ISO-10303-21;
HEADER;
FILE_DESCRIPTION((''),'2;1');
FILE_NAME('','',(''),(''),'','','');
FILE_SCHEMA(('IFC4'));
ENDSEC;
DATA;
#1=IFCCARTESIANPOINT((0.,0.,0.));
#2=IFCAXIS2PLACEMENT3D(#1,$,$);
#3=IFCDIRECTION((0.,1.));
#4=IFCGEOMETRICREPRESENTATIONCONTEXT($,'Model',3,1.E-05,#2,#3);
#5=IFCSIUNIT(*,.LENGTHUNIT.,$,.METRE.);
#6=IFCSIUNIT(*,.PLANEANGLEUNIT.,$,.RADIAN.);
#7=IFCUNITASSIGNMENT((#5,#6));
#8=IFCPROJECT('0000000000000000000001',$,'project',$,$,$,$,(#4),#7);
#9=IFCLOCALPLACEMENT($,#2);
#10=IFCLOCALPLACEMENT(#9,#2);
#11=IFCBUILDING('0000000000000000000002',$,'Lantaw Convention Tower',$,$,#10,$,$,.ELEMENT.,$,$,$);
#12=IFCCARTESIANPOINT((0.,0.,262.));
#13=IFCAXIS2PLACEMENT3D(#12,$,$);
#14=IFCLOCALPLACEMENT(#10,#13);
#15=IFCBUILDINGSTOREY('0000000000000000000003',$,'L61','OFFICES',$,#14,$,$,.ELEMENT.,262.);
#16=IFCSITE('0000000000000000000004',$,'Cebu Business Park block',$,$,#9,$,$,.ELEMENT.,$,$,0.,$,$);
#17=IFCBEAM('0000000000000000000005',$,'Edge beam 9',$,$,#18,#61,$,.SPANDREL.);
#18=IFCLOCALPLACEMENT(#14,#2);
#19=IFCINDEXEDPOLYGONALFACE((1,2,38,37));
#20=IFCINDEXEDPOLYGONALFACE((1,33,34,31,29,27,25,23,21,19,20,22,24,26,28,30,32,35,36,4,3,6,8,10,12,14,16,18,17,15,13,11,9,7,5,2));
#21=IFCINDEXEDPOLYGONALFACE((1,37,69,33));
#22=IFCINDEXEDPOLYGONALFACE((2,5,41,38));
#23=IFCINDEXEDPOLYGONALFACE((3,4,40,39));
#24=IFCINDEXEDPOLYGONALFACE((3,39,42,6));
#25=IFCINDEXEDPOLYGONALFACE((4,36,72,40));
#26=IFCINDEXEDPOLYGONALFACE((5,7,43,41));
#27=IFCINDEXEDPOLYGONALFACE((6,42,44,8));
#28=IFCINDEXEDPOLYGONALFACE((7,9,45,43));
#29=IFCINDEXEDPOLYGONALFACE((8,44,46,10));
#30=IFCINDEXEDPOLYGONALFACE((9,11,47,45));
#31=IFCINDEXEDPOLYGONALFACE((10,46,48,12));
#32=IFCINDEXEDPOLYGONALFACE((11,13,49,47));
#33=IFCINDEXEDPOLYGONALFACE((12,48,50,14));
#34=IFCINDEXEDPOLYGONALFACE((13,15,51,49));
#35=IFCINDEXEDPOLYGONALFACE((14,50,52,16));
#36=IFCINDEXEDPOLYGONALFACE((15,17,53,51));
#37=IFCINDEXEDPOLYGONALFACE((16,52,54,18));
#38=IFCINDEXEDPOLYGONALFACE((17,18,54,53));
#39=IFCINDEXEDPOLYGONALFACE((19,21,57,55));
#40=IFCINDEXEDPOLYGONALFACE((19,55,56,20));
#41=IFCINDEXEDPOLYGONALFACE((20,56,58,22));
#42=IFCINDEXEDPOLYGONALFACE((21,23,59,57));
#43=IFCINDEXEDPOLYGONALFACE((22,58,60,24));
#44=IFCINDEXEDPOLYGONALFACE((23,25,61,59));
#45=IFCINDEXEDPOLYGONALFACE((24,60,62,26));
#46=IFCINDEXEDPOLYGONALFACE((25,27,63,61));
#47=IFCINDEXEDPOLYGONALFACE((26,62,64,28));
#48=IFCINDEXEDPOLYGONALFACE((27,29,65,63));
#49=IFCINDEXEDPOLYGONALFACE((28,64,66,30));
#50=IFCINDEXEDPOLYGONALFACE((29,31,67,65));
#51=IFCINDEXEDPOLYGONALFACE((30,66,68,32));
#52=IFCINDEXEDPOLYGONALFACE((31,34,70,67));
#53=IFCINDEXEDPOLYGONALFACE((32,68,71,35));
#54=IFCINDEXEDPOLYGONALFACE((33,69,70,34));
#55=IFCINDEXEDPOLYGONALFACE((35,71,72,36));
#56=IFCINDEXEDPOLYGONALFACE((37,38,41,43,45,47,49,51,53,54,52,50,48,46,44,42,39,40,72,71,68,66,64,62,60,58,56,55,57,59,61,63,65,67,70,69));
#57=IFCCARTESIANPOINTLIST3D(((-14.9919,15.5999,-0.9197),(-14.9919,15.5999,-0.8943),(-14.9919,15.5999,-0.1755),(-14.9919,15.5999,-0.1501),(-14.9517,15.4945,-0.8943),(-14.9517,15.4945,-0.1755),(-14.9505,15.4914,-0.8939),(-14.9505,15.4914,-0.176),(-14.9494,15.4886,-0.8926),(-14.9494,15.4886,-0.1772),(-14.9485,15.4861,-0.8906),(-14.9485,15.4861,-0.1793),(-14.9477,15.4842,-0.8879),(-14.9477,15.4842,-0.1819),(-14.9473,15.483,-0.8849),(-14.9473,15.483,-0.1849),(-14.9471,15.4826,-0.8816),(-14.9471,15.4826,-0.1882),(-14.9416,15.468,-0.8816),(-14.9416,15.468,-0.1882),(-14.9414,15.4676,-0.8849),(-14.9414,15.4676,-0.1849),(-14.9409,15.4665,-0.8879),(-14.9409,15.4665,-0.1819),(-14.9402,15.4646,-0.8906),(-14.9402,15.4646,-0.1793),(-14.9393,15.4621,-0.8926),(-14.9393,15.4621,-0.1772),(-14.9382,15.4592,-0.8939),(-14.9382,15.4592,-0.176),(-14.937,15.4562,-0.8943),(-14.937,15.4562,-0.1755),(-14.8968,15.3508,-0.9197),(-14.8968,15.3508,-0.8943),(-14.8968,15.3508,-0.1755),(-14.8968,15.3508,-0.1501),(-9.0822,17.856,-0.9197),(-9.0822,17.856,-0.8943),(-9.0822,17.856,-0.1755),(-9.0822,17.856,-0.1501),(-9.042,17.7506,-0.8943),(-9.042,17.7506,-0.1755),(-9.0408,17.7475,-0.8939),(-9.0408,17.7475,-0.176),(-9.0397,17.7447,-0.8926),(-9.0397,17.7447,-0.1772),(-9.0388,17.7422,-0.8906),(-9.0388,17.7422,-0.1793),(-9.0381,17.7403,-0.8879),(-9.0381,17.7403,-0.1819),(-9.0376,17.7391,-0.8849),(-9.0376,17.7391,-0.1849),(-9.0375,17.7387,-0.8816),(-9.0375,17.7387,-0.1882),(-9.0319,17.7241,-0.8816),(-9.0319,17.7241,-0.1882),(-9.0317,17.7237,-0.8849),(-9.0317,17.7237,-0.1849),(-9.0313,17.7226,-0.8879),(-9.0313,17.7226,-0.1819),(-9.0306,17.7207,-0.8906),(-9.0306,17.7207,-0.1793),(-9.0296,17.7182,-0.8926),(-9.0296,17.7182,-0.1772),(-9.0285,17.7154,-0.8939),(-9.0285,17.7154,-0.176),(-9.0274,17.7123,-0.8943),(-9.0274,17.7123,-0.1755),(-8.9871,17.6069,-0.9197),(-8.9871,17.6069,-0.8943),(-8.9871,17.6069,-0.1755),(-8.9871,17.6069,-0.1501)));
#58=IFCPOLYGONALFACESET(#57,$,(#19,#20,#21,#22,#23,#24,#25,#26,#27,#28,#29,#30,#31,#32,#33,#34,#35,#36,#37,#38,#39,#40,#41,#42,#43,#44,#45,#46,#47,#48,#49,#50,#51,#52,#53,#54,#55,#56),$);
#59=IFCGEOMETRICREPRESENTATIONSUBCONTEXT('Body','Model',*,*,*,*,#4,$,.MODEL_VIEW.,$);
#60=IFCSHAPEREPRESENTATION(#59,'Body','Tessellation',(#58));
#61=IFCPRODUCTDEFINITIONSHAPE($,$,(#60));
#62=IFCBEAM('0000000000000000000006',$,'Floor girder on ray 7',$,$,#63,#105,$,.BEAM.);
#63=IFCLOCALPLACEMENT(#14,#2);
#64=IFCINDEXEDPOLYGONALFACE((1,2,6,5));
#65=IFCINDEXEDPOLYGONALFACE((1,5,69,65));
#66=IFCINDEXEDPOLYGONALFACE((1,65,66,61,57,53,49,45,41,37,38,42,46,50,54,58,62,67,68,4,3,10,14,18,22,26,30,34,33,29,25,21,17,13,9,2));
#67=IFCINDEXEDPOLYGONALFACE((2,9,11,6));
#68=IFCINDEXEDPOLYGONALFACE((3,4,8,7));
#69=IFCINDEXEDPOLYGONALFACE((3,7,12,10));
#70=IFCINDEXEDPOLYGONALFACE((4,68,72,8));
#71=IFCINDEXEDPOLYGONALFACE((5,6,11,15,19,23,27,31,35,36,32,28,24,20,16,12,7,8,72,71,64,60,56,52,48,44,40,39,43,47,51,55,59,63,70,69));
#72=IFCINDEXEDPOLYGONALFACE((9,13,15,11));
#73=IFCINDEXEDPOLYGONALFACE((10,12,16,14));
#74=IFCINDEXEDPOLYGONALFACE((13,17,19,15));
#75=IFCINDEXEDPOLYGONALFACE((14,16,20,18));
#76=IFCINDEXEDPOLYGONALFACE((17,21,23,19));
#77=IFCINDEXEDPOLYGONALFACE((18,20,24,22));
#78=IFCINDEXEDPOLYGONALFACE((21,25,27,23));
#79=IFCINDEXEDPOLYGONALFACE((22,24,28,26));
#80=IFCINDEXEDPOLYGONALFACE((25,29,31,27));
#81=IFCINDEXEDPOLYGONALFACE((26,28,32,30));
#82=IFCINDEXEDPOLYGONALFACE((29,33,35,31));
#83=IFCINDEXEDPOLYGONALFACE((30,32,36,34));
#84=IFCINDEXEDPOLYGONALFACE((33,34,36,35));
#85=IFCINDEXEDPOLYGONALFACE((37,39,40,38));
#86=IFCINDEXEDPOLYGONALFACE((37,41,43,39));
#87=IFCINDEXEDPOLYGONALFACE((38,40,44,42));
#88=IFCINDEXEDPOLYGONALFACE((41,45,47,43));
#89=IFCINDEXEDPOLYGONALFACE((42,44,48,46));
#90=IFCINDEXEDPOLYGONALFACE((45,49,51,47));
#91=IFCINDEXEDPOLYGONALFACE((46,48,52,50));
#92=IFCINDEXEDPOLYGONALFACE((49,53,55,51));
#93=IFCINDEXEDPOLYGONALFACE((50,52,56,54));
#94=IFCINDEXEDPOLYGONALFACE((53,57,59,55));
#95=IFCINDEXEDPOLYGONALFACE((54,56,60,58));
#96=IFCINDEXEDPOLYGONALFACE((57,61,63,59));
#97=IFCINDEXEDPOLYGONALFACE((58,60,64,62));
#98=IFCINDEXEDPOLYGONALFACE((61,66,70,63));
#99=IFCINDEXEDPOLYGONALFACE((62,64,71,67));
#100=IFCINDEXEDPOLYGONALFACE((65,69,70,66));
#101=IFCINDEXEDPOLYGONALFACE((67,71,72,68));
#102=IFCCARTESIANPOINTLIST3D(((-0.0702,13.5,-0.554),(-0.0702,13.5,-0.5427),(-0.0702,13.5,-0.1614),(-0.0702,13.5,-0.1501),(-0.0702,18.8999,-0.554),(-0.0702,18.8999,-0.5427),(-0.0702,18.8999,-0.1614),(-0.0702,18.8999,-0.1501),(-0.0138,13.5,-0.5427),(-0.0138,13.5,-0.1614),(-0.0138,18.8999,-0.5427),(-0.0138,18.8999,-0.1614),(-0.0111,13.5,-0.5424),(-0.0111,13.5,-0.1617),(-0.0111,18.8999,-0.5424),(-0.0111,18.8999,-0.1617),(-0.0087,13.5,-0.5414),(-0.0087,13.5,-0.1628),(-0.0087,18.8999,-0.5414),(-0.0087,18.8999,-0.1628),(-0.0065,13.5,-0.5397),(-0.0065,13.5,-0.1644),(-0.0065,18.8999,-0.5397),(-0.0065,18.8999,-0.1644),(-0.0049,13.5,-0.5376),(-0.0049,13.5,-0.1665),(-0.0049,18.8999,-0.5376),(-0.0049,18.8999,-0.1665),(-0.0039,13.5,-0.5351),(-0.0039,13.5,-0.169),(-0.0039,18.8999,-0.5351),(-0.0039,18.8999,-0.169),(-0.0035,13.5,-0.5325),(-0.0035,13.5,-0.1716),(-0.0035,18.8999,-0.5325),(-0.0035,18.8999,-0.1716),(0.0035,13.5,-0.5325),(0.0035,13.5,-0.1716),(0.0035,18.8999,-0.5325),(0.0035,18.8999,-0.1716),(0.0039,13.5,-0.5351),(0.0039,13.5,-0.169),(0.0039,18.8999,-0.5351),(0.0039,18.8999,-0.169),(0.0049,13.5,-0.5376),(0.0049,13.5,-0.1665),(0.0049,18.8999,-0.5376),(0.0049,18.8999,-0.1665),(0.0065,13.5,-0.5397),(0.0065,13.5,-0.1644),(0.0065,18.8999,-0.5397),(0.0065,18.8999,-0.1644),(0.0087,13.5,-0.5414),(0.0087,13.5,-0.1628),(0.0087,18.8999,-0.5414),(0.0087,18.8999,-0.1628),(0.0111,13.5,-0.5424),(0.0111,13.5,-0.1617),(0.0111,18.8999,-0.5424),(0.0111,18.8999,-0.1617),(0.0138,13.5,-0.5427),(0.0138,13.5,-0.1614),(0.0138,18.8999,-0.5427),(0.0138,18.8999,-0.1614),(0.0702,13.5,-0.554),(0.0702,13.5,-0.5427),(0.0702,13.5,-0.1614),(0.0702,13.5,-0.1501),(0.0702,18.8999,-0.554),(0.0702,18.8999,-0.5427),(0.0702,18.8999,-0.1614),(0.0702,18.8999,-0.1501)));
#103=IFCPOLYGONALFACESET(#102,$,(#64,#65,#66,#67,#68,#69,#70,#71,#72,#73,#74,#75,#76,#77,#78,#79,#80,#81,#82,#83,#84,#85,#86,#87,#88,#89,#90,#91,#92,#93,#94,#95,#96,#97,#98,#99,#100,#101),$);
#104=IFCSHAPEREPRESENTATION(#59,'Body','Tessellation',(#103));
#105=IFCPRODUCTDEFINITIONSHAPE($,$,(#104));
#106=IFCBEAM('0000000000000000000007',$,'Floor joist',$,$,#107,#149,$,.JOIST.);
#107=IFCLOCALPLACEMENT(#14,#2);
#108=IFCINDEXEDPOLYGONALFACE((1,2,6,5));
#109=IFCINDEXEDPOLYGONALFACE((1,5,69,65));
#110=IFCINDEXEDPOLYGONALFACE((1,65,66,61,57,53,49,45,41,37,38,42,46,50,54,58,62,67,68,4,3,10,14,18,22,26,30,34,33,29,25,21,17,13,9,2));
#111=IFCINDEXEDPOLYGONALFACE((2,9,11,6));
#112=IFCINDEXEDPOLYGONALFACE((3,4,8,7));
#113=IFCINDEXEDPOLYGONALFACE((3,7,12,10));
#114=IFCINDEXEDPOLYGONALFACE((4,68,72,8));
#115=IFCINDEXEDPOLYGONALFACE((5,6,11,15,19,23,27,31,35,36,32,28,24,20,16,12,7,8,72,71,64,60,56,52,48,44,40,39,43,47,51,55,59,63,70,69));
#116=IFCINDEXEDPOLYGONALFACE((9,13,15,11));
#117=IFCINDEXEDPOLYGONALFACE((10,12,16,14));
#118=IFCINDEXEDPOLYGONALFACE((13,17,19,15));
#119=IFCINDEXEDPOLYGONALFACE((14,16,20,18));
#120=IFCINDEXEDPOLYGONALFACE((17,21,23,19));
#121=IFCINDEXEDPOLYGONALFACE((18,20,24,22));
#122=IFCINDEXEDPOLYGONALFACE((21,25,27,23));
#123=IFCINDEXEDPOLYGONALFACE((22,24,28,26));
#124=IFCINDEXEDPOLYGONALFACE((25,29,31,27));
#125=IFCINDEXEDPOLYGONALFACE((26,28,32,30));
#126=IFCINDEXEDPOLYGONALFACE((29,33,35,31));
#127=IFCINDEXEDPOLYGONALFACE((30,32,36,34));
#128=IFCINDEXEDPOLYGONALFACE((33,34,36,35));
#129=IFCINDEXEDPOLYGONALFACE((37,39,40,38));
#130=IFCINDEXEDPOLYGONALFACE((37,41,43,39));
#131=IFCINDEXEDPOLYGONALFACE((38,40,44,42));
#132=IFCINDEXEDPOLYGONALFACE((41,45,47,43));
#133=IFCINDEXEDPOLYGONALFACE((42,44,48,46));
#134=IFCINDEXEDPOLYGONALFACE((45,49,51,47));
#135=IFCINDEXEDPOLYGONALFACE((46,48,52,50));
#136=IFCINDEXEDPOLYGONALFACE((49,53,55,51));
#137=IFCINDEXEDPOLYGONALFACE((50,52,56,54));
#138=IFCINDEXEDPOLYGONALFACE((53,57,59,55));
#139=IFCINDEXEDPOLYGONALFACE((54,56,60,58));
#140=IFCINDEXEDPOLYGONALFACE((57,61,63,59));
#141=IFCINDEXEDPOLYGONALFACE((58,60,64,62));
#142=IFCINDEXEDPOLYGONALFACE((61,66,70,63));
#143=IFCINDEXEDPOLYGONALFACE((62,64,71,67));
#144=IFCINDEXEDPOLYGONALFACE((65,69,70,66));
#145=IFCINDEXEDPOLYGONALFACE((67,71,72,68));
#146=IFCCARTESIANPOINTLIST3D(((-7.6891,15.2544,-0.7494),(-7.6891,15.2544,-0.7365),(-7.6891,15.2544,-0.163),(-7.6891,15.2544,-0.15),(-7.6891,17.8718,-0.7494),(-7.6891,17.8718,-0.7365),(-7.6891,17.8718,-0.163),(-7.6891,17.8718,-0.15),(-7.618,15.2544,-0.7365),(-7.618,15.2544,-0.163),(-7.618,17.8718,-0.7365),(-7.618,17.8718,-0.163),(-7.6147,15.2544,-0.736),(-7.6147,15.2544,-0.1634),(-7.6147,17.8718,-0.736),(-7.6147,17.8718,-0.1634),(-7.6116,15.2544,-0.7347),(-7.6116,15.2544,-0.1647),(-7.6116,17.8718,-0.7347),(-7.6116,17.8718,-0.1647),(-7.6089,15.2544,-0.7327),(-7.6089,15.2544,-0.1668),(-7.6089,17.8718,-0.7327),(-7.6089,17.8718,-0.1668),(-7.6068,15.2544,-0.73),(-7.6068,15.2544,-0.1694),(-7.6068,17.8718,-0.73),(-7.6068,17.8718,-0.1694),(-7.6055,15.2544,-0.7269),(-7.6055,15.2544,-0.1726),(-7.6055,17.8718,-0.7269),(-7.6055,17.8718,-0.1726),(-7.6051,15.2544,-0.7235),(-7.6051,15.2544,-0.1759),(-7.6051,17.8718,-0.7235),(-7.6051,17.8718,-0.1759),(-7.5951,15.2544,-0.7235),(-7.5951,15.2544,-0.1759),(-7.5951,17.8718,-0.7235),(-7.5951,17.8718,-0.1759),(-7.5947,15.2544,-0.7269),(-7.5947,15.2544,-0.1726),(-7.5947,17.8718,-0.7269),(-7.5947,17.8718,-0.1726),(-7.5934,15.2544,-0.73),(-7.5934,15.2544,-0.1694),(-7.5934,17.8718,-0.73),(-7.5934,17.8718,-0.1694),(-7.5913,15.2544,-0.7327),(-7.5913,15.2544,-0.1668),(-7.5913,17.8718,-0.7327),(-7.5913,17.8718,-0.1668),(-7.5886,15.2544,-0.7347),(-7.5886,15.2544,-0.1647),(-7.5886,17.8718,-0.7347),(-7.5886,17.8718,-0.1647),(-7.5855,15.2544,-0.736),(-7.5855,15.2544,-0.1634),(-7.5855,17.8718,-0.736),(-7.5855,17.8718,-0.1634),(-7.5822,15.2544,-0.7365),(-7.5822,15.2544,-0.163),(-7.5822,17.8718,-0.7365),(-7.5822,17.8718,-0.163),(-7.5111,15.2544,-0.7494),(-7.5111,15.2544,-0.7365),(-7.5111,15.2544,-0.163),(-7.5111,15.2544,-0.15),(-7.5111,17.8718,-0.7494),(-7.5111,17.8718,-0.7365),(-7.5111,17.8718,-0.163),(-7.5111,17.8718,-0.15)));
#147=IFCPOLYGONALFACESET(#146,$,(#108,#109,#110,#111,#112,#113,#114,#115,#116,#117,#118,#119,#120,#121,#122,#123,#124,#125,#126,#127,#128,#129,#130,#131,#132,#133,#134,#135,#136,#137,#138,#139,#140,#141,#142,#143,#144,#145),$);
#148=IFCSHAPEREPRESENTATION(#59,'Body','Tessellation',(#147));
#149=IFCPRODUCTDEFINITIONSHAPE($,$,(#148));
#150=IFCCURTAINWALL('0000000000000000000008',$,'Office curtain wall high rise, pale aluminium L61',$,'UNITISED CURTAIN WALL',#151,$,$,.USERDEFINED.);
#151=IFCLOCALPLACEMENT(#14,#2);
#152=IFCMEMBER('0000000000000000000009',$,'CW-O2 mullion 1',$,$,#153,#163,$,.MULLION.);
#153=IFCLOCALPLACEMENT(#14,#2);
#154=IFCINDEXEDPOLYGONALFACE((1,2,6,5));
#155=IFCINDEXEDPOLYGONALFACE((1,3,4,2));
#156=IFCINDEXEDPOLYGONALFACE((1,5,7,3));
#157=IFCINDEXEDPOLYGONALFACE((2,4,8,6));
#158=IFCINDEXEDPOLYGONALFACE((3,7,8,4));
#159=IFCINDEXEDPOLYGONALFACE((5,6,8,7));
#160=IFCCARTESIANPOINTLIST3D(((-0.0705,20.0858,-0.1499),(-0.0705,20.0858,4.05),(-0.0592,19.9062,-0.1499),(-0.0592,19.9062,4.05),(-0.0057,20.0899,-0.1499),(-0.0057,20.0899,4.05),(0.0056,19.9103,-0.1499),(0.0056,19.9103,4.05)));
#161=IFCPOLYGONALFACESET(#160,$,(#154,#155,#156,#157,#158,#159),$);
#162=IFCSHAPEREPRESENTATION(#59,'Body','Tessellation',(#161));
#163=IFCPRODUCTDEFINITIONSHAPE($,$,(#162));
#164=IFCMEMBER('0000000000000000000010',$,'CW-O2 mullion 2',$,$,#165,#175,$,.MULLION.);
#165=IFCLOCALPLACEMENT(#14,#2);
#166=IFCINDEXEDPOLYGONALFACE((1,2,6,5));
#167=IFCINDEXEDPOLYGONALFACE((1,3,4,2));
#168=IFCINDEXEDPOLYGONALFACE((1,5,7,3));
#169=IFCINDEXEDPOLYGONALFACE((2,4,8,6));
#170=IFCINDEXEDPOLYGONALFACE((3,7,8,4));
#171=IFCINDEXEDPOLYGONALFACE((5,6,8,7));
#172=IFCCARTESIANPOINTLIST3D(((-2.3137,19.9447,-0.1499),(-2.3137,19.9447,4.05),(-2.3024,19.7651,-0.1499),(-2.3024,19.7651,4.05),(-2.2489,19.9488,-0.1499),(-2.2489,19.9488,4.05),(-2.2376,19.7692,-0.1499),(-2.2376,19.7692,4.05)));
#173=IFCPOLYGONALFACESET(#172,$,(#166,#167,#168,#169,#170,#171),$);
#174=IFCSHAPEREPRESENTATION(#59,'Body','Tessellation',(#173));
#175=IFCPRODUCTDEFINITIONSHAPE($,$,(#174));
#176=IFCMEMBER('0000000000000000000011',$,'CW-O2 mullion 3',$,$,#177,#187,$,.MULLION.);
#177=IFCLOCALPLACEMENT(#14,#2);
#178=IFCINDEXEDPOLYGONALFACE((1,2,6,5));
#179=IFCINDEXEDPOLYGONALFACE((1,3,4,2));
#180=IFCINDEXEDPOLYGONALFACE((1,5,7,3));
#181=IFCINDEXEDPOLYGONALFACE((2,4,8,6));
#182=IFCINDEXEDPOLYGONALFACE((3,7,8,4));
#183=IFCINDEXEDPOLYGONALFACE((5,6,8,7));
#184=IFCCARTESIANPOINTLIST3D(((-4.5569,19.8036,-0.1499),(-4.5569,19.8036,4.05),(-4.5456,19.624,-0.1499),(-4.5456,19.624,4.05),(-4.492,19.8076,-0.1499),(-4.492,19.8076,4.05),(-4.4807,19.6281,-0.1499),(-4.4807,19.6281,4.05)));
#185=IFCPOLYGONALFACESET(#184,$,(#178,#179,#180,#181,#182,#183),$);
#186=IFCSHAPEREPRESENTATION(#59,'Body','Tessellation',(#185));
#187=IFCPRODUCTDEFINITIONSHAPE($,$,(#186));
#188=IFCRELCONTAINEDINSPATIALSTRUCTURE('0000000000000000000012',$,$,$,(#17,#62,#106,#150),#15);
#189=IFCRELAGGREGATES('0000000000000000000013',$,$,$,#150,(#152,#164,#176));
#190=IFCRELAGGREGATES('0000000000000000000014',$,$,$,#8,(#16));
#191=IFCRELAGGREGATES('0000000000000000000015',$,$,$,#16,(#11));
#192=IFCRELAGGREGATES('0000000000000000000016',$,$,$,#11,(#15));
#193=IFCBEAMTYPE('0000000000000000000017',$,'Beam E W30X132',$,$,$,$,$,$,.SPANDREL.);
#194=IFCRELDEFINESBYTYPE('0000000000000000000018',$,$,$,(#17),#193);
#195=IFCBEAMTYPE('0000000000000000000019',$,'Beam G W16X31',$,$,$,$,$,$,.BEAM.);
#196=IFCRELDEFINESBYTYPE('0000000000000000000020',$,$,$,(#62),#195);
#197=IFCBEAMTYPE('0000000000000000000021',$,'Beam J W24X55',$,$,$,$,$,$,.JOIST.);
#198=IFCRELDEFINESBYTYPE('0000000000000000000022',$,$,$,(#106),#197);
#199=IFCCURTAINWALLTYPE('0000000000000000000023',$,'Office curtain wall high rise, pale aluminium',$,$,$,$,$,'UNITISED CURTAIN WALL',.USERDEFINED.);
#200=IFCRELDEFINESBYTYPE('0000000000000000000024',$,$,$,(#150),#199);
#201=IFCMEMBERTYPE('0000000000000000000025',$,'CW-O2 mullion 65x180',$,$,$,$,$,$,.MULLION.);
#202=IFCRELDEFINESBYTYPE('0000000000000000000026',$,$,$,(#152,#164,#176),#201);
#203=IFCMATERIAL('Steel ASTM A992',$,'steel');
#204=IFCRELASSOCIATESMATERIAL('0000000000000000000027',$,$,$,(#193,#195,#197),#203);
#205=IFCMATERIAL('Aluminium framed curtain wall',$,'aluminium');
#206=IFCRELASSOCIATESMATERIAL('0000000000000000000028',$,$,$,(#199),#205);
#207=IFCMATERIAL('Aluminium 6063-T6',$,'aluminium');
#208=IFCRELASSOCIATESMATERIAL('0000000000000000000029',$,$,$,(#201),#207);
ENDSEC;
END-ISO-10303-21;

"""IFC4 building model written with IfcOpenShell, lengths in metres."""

from ifc_helpers import new_model, si_unit, direction, frame, origin, origin_2d, place, context, subcontext, project, spatial, rectangle, i_section, extrude, material, material_profile, profile_set, type_object, element, aggregate, save


model = new_model("IFC4")

# Units and contexts
model_context = context("Model", 3, precision=1e-05, world=origin(), true_north=direction((0.0, 1.0)))
body_context = subcontext(model_context, "Body", "Model", "MODEL_VIEW")
ifc_project = project(units=[si_unit("LENGTHUNIT", "METRE"), si_unit("PLANEANGLEUNIT", "RADIAN")], contexts=[model_context])

# Site, building, storey
site_placement = place(None, origin())
site = spatial("IfcSite", under=ifc_project, at=site_placement, Name="Cebu Business Park block", CompositionType="ELEMENT", RefElevation=0.0)
building_placement = place(site_placement, origin())
building = spatial("IfcBuilding", under=site, at=building_placement, Name="Lantaw Convention Tower", CompositionType="ELEMENT")
storey_placement = place(building_placement, frame((0.0, 0.0, 262.0)))
storey = spatial("IfcBuildingStorey", under=building, at=storey_placement, Name="L61", Description="OFFICES", CompositionType="ELEMENT", Elevation=262.0)

# Beams
ifc_material_1 = material(Name="Steel ASTM A992", Category="steel")
ifc_material_profile_1 = material_profile(ifc_material_1, i_section(OverallWidth=0.2666, OverallDepth=0.7695, WebThickness=0.0156, FlangeThickness=0.0254, FilletRadius=0.0127, at=origin_2d()), Name="W30X132")
ifc_profile_set_1 = profile_set([ifc_material_profile_1], Name="Steel ASTM A992")
beam_type_1 = type_object("IfcBeamType", Name="Beam E W30X132", PredefinedType="SPANDREL", material=ifc_profile_set_1)
beam_1_placement = place(storey_placement, frame((-9.0347, 17.7314, -0.5349), z_axis=(-0.934235, -0.356658, 0.0), x_axis=(0.356658, -0.934235, 0.0)))
element("IfcBeam", 1, at=beam_1_placement, inside=storey, type_object=beam_type_1, Name="Edge beam 9", PredefinedType="SPANDREL", context=body_context, shape_type="SweptSolid", body=[
    extrude(i_section(OverallWidth=0.2666, OverallDepth=0.7695, WebThickness=0.0156, FlangeThickness=0.0254, FilletRadius=0.0127, at=origin_2d()), origin(), (0.0, 0.0, 1.0), 6.3257),
])
ifc_material_profile_2 = material_profile(ifc_material_1, i_section(OverallWidth=0.1404, OverallDepth=0.4038, WebThickness=0.0071, FlangeThickness=0.0112, FilletRadius=0.0103, at=origin_2d()), Name="W16X31")
ifc_profile_set_2 = profile_set([ifc_material_profile_2], Name="Steel ASTM A992")
beam_type_2 = type_object("IfcBeamType", Name="Beam G W16X31", PredefinedType="BEAM", material=ifc_profile_set_2)
beam_2_placement = place(storey_placement, frame((0.0, 13.5, -0.3521), z_axis=(0.0, 1.0, 0.0), x_axis=(-1.0, 0.0, 0.0)))
element("IfcBeam", 2, at=beam_2_placement, inside=storey, type_object=beam_type_2, Name="Floor girder on ray 7", PredefinedType="BEAM", context=body_context, shape_type="SweptSolid", body=[
    extrude(i_section(OverallWidth=0.1404, OverallDepth=0.4038, WebThickness=0.0071, FlangeThickness=0.0112, FilletRadius=0.0103, at=origin_2d()), origin(), (0.0, 0.0, 1.0), 5.3999),
])
ifc_material_profile_3 = material_profile(ifc_material_1, i_section(OverallWidth=0.178, OverallDepth=0.5994, WebThickness=0.01, FlangeThickness=0.0129, FilletRadius=0.0129, at=origin_2d()), Name="W24X55")
ifc_profile_set_3 = profile_set([ifc_material_profile_3], Name="Steel ASTM A992")
beam_type_3 = type_object("IfcBeamType", Name="Beam J W24X55", PredefinedType="JOIST", material=ifc_profile_set_3)
beam_3_placement = place(storey_placement, frame((-7.6001, 15.2544, -0.4497), z_axis=(0.0, 1.0, 0.0), x_axis=(-1.0, 0.0, 0.0)))
element("IfcBeam", 3, at=beam_3_placement, inside=storey, type_object=beam_type_3, Name="Floor joist", PredefinedType="JOIST", context=body_context, shape_type="SweptSolid", body=[
    extrude(i_section(OverallWidth=0.178, OverallDepth=0.5994, WebThickness=0.01, FlangeThickness=0.0129, FilletRadius=0.0129, at=origin_2d()), origin(), (0.0, 0.0, 1.0), 2.6174),
])

# Curtain wall, members
ifc_material_2 = material(Name="Aluminium framed curtain wall", Category="aluminium")
curtain_wall_type = type_object("IfcCurtainWallType", Name="Office curtain wall high rise, pale aluminium", ElementType="UNITISED CURTAIN WALL", PredefinedType="USERDEFINED", material=ifc_material_2)
curtain_wall_1_placement = place(storey_placement, origin())
curtain_wall_1 = element("IfcCurtainWall", 4, at=curtain_wall_1_placement, inside=storey, type_object=curtain_wall_type, Name="Office curtain wall high rise, pale aluminium L61", ObjectType="UNITISED CURTAIN WALL", PredefinedType="USERDEFINED")
ifc_material_3 = material(Name="Aluminium 6063-T6", Category="aluminium")
ifc_material_profile_4 = material_profile(ifc_material_3, rectangle(XDim=0.1799, YDim=0.0649, at=origin_2d()), Name="CW-O2 mullion 65x180")
ifc_profile_set_4 = profile_set([ifc_material_profile_4], Name="Aluminium 6063-T6")
member_type_1 = type_object("IfcMemberType", Name="CW-O2 mullion 65x180", PredefinedType="MULLION", material=ifc_profile_set_4)
member_1_placement = place(storey_placement, frame((-0.0325, 19.998, -0.1499), z_axis=(0.0, 0.0, 1.0), x_axis=(0.062758, -0.998029, 0.0)))
member_1 = element("IfcMember", 5, at=member_1_placement, type_object=member_type_1, Name="CW-O2 mullion 1", PredefinedType="MULLION", context=body_context, shape_type="SweptSolid", body=[
    extrude(rectangle(XDim=0.1799, YDim=0.0649, at=origin_2d()), origin(), (0.0, 0.0, 1.0), 4.2),
])
member_2_placement = place(storey_placement, frame((-2.2756, 19.8569, -0.1499), z_axis=(0.0, 0.0, 1.0), x_axis=(0.062758, -0.998029, 0.0)))
member_2 = element("IfcMember", 6, at=member_2_placement, type_object=member_type_1, Name="CW-O2 mullion 2", PredefinedType="MULLION", context=body_context, shape_type="SweptSolid", body=[
    extrude(rectangle(XDim=0.1799, YDim=0.0649, at=origin_2d()), origin(), (0.0, 0.0, 1.0), 4.2),
])
member_3_placement = place(storey_placement, frame((-4.5188, 19.7158, -0.1499), z_axis=(0.0, 0.0, 1.0), x_axis=(0.062758, -0.998029, 0.0)))
member_3 = element("IfcMember", 7, at=member_3_placement, type_object=member_type_1, Name="CW-O2 mullion 3", PredefinedType="MULLION", context=body_context, shape_type="SweptSolid", body=[
    extrude(rectangle(XDim=0.1799, YDim=0.0649, at=origin_2d()), origin(), (0.0, 0.0, 1.0), 4.2),
])

aggregate(curtain_wall_1, [member_1, member_2, member_3])

save(model, "model.ifc")
